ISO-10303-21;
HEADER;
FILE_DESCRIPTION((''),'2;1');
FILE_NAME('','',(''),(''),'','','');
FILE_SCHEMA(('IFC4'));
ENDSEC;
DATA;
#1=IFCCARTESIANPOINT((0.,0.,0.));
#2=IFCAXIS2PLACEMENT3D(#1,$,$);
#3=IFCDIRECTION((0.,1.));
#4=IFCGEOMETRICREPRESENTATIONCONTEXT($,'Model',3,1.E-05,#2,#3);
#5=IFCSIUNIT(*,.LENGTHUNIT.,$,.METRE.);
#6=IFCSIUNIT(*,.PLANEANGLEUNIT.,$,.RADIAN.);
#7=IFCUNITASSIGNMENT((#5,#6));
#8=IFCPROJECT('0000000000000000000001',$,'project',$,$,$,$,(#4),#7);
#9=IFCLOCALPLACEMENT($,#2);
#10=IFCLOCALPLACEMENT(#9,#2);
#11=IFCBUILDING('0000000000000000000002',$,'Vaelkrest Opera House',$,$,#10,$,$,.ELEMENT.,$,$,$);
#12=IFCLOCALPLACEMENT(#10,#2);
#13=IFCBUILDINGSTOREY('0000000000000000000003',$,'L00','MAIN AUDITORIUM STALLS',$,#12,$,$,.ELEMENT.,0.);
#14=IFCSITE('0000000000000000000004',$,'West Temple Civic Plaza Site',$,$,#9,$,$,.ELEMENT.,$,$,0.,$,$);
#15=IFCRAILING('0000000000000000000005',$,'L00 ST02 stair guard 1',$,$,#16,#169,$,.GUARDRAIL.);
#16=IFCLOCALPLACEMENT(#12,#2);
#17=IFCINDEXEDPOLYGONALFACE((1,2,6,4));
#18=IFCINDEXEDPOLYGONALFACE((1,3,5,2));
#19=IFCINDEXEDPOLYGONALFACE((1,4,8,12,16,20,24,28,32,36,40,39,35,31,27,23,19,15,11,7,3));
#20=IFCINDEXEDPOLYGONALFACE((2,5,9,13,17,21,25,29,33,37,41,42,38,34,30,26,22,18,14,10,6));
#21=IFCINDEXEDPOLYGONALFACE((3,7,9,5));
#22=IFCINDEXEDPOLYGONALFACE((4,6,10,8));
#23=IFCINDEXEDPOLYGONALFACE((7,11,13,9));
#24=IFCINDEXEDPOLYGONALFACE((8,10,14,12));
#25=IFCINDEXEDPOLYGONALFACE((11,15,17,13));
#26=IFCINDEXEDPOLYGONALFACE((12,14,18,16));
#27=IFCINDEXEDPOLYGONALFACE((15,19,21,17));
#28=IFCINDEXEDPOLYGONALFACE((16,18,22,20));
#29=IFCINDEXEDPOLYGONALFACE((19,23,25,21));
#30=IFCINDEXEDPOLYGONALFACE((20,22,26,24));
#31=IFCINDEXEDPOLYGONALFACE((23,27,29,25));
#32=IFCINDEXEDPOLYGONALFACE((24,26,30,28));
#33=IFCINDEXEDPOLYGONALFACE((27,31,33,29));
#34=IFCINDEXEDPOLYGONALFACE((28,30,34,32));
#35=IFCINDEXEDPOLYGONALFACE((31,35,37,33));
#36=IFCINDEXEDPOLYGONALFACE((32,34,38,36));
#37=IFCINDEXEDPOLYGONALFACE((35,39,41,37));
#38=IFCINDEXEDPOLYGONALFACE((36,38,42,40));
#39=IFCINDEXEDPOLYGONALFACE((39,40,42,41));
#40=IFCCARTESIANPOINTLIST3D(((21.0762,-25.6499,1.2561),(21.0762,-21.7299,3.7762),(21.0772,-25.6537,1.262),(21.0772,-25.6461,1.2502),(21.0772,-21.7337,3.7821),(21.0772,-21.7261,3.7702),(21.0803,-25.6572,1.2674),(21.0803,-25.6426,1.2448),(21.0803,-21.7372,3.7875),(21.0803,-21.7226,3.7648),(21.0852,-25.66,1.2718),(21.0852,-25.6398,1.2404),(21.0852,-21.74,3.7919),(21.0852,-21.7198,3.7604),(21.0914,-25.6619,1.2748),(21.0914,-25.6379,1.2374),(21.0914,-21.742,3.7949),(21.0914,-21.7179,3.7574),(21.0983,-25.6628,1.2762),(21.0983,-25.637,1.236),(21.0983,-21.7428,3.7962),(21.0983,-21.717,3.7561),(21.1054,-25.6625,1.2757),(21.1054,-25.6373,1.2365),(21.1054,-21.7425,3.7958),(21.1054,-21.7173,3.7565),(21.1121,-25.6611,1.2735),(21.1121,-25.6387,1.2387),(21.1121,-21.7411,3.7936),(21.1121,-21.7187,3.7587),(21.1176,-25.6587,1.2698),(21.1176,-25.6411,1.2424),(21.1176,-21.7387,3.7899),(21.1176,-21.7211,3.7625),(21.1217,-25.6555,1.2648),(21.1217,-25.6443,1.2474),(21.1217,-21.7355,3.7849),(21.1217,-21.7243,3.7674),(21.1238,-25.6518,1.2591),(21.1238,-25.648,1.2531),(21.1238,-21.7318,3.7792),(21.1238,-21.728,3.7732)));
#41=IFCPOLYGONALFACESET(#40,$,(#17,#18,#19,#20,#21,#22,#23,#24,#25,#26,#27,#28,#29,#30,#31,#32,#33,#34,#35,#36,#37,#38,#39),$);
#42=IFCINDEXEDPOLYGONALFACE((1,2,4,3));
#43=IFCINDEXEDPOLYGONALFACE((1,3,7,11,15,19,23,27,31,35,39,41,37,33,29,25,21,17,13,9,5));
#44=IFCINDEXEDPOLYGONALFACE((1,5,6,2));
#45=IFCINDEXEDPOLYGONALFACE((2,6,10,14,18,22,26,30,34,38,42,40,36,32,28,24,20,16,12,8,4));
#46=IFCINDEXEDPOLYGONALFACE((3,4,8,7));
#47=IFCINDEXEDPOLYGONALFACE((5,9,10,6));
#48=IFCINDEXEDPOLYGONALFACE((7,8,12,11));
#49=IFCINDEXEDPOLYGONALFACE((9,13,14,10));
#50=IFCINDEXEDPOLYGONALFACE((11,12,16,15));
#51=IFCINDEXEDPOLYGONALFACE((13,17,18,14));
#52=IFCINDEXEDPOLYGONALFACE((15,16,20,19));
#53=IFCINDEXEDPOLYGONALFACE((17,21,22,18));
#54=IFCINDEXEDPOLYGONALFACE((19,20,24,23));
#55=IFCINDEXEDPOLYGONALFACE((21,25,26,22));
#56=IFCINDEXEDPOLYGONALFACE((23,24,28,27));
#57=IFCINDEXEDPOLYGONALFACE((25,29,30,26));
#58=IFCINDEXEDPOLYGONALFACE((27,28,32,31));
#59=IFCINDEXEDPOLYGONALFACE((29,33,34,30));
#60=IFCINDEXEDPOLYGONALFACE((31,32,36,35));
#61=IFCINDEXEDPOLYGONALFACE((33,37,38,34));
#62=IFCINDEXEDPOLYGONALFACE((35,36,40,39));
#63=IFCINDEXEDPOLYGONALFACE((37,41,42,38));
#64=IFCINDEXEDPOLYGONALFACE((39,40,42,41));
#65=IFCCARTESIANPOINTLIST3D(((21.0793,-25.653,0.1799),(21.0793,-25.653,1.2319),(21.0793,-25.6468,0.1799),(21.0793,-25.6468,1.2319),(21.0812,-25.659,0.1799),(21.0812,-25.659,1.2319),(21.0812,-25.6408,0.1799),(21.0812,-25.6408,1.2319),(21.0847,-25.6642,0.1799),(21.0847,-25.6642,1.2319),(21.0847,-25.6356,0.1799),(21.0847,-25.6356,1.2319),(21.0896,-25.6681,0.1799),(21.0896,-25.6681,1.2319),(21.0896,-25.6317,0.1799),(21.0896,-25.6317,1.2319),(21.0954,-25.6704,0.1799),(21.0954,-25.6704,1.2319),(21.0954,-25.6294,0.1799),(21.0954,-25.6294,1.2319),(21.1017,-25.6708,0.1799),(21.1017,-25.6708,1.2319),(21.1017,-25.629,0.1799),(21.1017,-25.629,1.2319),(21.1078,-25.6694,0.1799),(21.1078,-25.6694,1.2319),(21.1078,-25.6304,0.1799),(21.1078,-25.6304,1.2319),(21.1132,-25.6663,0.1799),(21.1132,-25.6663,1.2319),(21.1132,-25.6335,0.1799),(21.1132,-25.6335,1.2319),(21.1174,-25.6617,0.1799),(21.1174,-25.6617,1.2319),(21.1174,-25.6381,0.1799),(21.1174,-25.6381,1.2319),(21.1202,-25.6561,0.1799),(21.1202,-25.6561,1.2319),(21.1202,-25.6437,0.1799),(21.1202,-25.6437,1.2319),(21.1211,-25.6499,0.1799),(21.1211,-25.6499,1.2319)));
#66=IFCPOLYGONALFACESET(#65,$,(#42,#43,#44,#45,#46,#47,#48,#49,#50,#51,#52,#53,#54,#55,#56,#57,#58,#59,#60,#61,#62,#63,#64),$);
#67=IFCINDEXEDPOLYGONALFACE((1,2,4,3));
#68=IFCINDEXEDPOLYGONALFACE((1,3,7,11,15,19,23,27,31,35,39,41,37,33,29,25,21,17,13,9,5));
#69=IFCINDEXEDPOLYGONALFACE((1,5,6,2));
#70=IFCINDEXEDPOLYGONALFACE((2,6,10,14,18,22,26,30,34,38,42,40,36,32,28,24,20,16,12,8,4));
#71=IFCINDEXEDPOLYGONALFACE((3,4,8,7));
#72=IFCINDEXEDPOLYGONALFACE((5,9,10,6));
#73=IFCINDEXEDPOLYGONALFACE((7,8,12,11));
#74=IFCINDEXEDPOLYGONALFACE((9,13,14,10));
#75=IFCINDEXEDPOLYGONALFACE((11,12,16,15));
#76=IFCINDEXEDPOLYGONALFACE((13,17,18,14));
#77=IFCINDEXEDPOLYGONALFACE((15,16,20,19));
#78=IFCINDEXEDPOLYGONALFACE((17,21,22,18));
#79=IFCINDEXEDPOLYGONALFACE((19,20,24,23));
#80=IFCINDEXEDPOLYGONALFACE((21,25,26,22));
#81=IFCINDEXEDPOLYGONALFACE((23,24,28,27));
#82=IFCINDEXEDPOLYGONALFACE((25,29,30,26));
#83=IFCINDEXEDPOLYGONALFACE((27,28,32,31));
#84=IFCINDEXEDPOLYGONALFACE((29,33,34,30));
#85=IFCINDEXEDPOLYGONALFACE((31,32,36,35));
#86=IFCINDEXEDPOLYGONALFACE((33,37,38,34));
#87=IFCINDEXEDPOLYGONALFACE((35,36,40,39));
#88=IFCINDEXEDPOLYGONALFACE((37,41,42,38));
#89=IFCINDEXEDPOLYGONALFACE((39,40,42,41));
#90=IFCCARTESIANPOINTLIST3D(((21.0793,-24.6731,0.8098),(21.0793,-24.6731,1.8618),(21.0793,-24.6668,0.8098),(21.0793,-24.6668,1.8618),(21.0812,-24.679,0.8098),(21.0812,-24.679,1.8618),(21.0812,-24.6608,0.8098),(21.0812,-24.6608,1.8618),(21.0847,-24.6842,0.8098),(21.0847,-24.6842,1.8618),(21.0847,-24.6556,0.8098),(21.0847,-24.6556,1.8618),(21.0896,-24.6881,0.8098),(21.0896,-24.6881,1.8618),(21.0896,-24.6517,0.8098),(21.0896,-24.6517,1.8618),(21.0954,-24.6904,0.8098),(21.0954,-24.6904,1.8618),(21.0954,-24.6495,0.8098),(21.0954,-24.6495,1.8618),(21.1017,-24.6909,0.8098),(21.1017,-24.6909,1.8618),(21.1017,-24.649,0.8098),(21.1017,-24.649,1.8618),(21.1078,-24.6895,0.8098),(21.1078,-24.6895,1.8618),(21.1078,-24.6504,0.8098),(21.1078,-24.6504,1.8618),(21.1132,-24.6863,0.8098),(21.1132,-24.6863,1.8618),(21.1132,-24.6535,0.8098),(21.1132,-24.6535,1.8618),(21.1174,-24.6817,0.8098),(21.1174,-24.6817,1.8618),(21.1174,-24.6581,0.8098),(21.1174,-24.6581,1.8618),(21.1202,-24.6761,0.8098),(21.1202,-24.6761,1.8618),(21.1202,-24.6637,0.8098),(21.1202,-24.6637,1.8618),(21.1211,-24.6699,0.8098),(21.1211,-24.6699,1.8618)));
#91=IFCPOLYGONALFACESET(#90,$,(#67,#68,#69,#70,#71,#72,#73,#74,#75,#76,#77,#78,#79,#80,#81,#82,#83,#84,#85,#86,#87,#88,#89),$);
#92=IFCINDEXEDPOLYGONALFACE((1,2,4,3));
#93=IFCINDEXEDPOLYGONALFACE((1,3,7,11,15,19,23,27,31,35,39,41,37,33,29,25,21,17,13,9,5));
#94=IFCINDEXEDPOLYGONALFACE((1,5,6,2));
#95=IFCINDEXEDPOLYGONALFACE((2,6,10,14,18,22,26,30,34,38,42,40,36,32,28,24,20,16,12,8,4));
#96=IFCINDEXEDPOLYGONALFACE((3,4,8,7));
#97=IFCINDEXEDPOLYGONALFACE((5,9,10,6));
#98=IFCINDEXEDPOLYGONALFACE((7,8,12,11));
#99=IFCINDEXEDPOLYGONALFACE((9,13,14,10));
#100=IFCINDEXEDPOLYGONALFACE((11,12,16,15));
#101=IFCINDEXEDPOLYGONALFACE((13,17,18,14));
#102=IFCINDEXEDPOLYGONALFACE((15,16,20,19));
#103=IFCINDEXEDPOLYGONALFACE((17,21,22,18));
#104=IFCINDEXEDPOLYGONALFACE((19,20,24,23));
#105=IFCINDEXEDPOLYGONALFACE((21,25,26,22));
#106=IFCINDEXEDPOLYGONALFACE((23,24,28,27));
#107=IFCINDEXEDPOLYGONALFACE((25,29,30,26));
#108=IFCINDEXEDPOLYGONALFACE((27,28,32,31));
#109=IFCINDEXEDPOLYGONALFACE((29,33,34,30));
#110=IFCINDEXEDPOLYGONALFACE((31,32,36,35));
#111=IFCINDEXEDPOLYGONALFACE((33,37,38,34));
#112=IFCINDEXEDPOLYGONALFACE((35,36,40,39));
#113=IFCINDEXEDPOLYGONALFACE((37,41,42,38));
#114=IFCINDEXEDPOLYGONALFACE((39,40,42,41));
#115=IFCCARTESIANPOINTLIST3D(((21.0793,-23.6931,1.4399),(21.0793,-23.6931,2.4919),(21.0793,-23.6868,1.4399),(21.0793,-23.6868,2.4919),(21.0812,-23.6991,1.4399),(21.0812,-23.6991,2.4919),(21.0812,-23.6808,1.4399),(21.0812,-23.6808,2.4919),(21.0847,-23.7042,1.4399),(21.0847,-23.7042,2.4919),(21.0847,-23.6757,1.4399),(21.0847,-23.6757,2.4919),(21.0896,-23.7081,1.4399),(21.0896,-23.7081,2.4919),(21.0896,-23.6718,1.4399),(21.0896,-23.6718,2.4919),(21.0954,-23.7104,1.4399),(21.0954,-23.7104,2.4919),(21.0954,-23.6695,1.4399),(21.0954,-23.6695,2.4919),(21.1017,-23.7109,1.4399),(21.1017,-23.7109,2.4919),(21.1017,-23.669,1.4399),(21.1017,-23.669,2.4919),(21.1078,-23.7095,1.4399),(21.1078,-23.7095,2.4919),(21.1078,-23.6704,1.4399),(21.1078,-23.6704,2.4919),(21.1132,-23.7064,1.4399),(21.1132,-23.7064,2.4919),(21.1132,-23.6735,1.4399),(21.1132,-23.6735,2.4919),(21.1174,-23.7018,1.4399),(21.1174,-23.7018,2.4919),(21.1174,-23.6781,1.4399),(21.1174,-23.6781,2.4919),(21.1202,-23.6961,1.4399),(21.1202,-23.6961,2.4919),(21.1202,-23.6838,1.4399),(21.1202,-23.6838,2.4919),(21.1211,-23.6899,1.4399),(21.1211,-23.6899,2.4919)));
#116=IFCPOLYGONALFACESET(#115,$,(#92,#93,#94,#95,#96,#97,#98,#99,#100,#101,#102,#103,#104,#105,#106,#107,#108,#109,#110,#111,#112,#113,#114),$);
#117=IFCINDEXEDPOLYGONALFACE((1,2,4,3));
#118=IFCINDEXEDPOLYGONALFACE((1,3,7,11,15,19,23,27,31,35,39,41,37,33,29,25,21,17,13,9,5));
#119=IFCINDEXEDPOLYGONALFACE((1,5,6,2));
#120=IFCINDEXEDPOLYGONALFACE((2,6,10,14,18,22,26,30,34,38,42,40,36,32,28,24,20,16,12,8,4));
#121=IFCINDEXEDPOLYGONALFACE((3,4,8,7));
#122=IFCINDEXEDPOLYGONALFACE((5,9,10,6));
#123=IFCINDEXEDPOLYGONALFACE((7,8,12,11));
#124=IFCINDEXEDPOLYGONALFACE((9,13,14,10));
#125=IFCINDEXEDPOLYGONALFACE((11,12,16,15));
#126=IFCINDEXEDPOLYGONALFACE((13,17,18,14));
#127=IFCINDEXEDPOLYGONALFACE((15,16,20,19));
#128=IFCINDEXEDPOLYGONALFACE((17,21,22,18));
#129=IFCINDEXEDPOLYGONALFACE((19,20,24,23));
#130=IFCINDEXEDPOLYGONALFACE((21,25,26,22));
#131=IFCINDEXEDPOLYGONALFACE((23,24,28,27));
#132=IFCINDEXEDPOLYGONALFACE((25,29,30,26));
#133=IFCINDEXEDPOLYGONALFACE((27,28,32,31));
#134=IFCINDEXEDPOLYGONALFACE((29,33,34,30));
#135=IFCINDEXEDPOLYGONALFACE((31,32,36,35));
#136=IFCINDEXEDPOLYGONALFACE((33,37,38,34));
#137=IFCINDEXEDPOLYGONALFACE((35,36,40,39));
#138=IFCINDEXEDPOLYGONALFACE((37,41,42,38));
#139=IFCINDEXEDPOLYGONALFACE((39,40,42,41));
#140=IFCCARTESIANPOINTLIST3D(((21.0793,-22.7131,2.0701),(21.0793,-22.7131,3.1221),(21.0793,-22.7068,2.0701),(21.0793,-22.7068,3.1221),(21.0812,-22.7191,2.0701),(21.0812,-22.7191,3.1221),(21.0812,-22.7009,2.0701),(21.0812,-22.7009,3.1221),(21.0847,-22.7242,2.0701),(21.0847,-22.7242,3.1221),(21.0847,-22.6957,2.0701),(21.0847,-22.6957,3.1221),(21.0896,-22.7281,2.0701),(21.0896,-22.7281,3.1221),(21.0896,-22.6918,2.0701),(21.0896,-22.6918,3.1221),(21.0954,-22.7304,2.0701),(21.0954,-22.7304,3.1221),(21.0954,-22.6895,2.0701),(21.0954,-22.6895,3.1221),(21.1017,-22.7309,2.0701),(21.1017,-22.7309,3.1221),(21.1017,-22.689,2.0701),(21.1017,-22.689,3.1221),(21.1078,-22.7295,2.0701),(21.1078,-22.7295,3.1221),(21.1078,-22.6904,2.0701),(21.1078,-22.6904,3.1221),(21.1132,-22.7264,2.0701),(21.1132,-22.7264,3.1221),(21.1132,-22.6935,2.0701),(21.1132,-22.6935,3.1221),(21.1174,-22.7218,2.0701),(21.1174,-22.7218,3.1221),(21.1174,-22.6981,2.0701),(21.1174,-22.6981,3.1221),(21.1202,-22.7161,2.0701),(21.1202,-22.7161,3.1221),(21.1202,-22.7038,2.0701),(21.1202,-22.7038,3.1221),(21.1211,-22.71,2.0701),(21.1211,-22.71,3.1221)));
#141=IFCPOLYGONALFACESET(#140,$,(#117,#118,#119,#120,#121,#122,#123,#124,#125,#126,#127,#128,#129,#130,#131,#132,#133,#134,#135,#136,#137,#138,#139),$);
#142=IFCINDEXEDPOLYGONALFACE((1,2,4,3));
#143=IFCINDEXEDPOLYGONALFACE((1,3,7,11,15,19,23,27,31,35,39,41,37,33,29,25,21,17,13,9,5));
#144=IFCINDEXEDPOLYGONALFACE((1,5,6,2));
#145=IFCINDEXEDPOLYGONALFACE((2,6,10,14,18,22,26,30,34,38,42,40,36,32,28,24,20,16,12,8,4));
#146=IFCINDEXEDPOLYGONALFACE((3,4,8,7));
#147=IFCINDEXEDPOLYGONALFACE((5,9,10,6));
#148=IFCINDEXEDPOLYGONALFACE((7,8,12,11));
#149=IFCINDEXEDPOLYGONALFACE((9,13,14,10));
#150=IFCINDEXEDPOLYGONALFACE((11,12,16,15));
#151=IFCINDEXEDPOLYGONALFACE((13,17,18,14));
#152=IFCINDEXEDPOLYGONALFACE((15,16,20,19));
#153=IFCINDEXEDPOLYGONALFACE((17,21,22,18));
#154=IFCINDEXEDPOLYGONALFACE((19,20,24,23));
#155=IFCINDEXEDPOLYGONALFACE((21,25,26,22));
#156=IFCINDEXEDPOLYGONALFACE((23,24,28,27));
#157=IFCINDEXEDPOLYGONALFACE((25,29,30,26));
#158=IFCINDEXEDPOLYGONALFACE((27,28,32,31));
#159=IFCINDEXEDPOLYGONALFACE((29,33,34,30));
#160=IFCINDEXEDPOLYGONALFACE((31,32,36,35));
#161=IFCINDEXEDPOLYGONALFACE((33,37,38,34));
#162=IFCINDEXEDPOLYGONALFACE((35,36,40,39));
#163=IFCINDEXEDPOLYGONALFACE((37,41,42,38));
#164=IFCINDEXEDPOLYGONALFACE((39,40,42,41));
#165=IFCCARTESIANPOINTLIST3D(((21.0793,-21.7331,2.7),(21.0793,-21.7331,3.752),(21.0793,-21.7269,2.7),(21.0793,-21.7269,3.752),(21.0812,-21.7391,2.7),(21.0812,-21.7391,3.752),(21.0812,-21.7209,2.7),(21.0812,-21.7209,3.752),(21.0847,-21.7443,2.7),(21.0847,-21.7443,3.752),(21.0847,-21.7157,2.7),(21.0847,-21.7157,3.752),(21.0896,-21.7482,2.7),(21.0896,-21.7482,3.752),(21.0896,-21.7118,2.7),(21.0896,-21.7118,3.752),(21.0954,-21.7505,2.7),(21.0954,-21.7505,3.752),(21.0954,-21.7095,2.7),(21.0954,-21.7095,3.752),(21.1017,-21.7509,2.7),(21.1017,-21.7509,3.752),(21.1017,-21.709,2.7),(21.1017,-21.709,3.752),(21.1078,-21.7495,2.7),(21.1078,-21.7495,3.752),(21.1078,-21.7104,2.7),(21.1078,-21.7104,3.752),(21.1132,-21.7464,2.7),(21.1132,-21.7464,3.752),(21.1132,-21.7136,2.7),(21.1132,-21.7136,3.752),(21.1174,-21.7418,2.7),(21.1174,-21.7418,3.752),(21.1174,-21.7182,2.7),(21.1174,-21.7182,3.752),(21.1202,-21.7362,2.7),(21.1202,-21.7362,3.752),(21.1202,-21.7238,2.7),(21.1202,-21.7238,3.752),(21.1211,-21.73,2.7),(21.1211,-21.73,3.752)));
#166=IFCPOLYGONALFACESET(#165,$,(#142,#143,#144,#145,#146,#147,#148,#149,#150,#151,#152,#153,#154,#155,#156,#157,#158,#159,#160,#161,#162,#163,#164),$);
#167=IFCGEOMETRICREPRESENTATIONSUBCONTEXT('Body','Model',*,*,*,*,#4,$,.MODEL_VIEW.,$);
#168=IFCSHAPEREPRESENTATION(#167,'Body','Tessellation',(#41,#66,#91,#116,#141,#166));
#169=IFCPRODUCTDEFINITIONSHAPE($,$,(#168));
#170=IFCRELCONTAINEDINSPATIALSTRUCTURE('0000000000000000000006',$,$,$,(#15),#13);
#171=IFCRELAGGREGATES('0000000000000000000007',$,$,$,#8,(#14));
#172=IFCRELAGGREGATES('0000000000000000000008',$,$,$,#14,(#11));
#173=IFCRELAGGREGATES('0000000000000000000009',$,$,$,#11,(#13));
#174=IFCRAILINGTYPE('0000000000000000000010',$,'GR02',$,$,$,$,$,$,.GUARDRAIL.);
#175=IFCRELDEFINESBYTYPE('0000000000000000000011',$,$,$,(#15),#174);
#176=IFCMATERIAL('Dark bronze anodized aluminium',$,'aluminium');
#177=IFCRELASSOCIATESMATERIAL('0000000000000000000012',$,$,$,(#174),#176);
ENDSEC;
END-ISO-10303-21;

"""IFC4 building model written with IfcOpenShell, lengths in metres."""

from ifc_helpers import new_model, si_unit, direction, frame, origin, origin_2d, place, context, subcontext, project, spatial, circle, extrude, material, type_object, element, save


model = new_model("IFC4")

# Units and contexts
model_context = context("Model", 3, precision=1e-05, world=origin(), true_north=direction((0.0, 1.0)))
body_context = subcontext(model_context, "Body", "Model", "MODEL_VIEW")
ifc_project = project(units=[si_unit("LENGTHUNIT", "METRE"), si_unit("PLANEANGLEUNIT", "RADIAN")], contexts=[model_context])

# Site, building, storey
site_placement = place(None, origin())
site = spatial("IfcSite", under=ifc_project, at=site_placement, Name="West Temple Civic Plaza Site", CompositionType="ELEMENT", RefElevation=0.0)
building_placement = place(site_placement, origin())
building = spatial("IfcBuilding", under=site, at=building_placement, Name="Vaelkrest Opera House", CompositionType="ELEMENT")
storey_placement = place(building_placement, origin())
storey = spatial("IfcBuildingStorey", under=building, at=storey_placement, Name="L00", Description="MAIN AUDITORIUM STALLS", CompositionType="ELEMENT", Elevation=0.0)

# Railing
ifc_material_1 = material(Name="Dark bronze anodized aluminium", Category="aluminium")
railing_type_1 = type_object("IfcRailingType", Name="GR02", PredefinedType="GUARDRAIL", material=ifc_material_1)
railing_1_placement = place(storey_placement, frame((21.1001, -25.6499, 0.1799)))
element("IfcRailing", 1, at=railing_1_placement, inside=storey, type_object=railing_type_1, Name="L00 ST02 stair guard 1", PredefinedType="GUARDRAIL", context=body_context, shape_type="SweptSolid", body=[
    extrude(circle(Radius=0.0239, at=origin_2d()), frame((0.0, 0.0, 1.0762), z_axis=(0.0, 0.841172, 0.540768), x_axis=(-1.0, 0.0, 0.0)), (0.0, 0.0, 1.0), 4.6602),
    extrude(circle(Radius=0.021, at=origin_2d()), origin(), (0.0, 0.0, 1.0), 1.052),
    extrude(circle(Radius=0.021, at=origin_2d()), frame((0.0, 0.98, 0.6299)), (0.0, 0.0, 1.0), 1.052),
    extrude(circle(Radius=0.021, at=origin_2d()), frame((0.0, 1.96, 1.26)), (0.0, 0.0, 1.0), 1.052),
    extrude(circle(Radius=0.021, at=origin_2d()), frame((0.0, 2.9399, 1.8901)), (0.0, 0.0, 1.0), 1.052),
    extrude(circle(Radius=0.021, at=origin_2d()), frame((0.0, 3.9199, 2.52)), (0.0, 0.0, 1.0), 1.052),
])

save(model, "model.ifc")
